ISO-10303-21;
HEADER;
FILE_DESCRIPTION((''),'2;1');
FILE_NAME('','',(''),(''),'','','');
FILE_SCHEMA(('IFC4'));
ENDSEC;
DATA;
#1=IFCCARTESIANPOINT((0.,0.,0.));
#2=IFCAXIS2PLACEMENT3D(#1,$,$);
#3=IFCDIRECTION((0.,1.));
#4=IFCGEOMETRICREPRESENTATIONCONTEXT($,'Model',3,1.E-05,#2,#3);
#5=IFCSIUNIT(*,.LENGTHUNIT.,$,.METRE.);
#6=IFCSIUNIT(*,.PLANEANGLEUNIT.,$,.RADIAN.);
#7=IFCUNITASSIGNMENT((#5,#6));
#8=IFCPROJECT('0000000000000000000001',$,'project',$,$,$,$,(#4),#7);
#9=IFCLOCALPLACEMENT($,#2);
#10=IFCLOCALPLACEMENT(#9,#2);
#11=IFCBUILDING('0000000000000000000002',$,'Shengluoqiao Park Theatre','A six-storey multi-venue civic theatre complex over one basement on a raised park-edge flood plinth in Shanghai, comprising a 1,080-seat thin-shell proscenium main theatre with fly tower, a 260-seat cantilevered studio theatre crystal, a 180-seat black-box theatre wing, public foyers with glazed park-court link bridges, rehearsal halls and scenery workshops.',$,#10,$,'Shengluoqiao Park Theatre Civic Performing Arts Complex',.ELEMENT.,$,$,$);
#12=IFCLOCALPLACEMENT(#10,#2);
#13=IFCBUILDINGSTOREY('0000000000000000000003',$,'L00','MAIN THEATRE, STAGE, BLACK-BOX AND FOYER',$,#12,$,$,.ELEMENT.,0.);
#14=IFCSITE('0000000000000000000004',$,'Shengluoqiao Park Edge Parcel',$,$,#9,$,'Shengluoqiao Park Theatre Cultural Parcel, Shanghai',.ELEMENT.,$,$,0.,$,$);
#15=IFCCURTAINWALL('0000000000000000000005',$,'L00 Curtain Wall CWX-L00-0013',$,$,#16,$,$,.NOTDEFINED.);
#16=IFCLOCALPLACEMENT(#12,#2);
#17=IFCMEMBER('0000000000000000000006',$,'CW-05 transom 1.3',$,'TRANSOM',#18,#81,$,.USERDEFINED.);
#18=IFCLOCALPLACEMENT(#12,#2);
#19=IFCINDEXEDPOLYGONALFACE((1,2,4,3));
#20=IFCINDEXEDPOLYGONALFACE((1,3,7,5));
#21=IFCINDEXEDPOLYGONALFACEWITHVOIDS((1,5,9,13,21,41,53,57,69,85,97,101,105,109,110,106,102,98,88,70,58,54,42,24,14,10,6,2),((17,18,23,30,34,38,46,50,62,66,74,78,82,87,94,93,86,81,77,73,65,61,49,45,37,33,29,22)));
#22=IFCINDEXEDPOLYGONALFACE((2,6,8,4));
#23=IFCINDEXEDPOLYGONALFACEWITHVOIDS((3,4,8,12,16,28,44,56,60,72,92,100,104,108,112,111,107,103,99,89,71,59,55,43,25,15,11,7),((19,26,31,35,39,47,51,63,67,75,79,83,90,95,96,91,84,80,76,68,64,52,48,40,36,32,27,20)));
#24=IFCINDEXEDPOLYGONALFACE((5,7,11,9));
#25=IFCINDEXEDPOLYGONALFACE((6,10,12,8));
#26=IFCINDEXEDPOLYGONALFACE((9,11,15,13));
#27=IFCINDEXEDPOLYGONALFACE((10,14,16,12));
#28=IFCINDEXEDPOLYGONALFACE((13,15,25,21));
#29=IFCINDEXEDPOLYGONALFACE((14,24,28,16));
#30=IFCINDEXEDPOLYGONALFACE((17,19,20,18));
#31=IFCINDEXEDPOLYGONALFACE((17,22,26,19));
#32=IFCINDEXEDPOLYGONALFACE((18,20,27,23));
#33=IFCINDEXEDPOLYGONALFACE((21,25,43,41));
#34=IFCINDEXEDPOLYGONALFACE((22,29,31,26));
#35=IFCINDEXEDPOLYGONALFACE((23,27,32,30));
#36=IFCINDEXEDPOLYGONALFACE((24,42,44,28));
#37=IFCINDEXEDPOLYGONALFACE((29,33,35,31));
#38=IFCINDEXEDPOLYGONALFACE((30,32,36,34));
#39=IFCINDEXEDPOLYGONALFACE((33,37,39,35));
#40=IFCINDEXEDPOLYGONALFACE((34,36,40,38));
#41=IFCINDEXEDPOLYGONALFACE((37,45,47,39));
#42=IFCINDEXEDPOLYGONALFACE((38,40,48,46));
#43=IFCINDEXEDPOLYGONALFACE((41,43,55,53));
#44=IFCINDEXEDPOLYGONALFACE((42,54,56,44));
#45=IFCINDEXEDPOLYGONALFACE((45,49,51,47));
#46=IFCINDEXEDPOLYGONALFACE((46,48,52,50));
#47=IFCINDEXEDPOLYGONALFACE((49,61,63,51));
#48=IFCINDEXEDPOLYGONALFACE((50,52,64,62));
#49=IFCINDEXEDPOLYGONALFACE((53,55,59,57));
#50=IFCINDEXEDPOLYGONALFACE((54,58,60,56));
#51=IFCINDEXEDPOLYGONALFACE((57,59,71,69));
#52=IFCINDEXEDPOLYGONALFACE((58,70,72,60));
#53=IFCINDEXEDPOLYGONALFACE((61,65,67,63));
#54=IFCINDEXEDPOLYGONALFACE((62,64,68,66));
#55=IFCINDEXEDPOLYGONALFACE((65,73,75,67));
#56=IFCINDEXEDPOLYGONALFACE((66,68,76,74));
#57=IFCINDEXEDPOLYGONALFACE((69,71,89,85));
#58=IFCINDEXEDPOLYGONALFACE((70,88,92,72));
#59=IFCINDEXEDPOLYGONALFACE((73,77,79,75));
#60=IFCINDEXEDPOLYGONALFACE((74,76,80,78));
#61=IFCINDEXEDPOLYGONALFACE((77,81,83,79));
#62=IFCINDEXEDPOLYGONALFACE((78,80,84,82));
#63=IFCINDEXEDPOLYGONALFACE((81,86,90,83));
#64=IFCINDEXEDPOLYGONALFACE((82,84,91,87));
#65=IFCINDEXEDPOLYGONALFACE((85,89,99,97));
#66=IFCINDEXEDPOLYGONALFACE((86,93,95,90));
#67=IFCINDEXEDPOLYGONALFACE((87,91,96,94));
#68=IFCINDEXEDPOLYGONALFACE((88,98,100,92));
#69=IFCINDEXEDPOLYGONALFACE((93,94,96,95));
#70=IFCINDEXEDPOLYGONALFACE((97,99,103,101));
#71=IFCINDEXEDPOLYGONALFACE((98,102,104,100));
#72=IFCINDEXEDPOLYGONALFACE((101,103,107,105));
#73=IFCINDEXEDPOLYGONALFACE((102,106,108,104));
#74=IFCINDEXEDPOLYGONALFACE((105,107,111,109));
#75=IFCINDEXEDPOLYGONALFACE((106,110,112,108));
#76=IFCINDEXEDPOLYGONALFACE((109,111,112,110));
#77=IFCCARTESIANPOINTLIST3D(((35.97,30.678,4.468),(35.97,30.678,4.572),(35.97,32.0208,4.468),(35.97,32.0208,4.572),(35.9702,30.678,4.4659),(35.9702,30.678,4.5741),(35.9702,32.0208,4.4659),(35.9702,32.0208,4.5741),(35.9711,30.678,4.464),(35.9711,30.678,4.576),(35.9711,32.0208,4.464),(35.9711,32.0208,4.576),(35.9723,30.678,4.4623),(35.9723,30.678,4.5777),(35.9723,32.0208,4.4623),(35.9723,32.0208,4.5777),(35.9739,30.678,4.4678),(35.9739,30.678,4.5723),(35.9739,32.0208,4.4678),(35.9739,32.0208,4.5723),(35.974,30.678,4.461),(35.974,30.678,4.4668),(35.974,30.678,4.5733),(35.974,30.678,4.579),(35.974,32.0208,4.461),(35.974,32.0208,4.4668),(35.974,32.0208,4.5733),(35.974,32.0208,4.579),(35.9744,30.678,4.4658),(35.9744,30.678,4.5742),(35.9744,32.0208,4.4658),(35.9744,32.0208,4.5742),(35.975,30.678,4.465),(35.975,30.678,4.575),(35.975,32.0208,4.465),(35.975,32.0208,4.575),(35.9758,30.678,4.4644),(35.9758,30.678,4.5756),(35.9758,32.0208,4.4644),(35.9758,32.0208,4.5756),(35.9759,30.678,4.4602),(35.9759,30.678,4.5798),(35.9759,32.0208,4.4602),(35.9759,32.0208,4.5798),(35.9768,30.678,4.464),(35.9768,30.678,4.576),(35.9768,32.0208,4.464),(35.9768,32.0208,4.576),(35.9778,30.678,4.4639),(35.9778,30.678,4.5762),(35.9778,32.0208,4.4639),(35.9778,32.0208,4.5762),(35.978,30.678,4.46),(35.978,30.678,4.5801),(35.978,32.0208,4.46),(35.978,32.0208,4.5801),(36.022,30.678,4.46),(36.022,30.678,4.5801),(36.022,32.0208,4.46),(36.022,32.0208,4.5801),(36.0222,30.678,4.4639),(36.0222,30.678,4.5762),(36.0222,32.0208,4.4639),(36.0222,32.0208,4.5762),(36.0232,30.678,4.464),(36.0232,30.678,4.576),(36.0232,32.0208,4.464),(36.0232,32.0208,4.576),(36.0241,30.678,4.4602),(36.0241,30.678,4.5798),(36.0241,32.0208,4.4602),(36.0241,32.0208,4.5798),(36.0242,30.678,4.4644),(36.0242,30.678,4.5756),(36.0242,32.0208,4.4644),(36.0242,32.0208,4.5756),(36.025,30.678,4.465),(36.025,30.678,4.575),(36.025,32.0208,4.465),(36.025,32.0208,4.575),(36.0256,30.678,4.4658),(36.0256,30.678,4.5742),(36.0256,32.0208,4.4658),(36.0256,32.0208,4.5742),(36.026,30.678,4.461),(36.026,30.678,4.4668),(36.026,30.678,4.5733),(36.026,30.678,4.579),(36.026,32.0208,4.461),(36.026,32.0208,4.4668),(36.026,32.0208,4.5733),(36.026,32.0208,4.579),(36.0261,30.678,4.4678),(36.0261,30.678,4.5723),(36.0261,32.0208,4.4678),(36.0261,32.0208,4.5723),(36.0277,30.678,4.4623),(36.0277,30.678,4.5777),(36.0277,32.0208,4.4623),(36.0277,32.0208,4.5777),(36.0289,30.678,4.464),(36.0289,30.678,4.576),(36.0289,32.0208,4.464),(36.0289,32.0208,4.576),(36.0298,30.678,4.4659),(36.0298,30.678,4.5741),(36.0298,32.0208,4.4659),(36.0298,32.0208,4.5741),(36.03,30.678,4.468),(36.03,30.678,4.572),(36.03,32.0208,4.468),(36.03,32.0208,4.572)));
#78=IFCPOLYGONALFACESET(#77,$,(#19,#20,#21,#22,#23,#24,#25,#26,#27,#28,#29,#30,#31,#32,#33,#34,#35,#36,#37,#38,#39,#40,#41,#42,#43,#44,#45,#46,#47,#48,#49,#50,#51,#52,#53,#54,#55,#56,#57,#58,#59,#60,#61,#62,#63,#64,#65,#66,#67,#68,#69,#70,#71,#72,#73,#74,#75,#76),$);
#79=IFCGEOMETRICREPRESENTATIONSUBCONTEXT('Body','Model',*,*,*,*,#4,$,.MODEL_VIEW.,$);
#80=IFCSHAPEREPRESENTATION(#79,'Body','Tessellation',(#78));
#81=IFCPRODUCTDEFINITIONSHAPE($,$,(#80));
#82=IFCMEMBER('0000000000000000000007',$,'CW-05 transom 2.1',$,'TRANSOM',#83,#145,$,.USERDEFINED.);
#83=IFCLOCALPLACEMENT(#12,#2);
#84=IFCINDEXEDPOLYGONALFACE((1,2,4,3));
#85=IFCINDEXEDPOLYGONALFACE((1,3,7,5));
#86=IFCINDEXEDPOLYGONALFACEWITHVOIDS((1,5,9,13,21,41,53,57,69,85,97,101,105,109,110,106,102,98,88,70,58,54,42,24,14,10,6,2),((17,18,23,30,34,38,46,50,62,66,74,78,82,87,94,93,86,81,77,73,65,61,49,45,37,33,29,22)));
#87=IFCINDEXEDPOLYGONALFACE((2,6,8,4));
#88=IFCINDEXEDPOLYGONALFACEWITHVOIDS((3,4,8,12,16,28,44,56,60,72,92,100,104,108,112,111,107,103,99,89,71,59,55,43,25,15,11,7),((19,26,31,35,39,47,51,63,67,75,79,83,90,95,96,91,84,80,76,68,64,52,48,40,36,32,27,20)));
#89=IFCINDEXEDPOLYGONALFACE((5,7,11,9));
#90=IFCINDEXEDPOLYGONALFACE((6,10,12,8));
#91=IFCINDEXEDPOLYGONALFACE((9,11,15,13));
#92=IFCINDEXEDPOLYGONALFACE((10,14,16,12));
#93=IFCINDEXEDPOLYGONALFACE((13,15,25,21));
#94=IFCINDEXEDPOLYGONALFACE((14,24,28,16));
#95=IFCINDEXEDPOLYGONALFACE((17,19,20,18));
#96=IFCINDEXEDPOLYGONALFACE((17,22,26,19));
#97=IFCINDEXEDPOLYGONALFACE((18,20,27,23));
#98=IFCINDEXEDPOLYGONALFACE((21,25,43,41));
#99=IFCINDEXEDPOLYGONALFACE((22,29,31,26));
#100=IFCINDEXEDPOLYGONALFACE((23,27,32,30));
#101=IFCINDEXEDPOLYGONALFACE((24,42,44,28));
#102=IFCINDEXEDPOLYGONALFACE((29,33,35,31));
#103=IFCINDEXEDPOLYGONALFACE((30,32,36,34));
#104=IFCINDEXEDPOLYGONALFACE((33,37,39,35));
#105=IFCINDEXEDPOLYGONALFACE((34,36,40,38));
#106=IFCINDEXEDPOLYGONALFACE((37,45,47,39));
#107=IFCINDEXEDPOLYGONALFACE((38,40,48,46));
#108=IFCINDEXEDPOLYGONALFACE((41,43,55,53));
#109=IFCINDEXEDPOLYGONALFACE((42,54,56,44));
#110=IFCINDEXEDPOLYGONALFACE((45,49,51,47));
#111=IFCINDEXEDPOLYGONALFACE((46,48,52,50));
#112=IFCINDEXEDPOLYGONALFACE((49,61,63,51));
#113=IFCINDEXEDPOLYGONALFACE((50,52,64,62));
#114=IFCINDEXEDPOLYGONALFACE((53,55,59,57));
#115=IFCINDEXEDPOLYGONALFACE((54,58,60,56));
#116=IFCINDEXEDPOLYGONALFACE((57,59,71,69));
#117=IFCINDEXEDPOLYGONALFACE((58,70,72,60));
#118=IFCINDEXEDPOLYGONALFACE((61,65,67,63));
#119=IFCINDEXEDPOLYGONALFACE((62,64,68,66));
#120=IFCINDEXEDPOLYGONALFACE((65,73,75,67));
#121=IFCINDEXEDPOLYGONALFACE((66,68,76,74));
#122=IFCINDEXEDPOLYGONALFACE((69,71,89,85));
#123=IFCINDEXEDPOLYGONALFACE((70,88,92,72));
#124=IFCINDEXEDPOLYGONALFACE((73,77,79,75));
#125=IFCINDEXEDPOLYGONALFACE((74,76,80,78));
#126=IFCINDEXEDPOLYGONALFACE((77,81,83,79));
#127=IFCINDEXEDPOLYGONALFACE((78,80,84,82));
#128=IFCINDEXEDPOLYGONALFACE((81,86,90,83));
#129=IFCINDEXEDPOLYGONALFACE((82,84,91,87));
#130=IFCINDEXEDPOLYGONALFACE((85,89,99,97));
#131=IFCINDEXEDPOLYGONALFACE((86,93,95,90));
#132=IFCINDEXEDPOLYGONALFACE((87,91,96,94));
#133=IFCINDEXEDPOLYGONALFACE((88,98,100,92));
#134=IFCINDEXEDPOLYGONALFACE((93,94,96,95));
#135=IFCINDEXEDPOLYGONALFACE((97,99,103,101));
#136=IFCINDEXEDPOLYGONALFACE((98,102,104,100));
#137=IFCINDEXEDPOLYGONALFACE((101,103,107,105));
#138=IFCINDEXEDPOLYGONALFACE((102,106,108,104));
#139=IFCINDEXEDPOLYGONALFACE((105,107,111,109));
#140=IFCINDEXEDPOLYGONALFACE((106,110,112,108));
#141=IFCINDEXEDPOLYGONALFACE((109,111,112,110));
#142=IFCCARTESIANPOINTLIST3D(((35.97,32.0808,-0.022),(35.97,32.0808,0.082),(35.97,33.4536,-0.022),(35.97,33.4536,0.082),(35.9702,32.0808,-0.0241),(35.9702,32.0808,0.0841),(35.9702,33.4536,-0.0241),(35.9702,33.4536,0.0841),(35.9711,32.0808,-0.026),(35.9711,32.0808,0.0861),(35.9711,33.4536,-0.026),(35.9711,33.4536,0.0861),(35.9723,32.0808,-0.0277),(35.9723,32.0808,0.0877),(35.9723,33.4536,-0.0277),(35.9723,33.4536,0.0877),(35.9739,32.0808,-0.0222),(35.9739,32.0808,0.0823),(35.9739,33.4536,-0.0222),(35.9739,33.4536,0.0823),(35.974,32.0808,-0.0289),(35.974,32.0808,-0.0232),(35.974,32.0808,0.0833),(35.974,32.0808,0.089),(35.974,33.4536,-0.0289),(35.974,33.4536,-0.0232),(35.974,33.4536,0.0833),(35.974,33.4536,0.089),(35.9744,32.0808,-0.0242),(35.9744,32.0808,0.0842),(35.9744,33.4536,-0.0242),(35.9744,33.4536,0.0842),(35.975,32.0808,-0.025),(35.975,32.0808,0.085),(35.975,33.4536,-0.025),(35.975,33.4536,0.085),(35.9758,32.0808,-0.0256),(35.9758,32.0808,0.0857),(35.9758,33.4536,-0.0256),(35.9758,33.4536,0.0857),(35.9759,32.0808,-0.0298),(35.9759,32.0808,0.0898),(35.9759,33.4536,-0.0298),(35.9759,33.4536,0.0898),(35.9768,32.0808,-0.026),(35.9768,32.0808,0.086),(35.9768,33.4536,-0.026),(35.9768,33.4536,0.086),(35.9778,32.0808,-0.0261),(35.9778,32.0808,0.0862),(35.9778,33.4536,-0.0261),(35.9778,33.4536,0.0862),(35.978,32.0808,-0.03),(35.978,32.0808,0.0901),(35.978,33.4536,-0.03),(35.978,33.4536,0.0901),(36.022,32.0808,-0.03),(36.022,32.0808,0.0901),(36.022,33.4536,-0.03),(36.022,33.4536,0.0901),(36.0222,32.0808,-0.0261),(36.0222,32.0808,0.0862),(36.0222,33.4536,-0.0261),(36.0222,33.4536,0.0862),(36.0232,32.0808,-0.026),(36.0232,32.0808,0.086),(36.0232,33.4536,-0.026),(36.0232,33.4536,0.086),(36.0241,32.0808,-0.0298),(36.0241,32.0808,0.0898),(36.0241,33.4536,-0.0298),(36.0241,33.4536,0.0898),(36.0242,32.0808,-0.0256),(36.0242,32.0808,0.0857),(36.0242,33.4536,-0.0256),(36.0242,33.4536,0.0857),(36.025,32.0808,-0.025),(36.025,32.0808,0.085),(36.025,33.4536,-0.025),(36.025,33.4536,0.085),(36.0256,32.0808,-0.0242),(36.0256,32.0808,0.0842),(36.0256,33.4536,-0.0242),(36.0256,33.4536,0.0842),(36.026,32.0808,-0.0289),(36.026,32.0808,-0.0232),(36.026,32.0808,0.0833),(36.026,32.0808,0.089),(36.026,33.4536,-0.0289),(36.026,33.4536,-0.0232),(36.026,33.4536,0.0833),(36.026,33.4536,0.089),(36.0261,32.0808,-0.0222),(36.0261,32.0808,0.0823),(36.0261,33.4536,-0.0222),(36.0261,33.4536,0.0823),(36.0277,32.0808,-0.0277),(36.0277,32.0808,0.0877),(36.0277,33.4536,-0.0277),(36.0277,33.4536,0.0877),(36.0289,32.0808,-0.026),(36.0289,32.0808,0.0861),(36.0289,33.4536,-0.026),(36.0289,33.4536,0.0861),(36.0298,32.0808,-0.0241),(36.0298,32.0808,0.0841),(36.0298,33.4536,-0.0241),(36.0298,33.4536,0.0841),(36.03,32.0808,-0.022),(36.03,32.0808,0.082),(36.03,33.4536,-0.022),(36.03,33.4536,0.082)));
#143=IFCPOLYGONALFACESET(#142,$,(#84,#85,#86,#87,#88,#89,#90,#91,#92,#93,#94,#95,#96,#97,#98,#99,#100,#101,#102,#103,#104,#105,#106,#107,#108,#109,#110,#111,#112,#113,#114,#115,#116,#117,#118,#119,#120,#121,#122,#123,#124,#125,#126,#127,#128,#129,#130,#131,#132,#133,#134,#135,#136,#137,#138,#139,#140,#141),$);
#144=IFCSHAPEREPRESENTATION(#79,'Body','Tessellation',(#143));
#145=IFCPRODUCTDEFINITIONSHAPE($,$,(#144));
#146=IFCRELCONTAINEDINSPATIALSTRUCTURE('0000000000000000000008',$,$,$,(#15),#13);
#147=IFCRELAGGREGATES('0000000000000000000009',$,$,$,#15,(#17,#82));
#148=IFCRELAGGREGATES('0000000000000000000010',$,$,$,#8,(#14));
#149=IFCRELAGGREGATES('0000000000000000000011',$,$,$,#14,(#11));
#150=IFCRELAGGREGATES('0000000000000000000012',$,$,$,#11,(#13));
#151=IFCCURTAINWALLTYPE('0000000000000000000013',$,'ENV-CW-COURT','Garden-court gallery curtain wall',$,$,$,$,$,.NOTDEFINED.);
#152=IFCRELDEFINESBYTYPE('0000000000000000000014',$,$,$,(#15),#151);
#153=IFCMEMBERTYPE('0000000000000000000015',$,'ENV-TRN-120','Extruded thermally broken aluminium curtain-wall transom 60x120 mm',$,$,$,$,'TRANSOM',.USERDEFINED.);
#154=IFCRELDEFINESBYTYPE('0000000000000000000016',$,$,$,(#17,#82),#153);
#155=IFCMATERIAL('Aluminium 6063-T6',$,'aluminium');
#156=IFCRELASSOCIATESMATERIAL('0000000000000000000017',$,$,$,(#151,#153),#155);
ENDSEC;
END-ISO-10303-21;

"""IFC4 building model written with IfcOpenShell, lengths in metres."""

from ifc_helpers import new_model, si_unit, direction, frame, origin, origin_2d, place, context, subcontext, project, spatial, hollow_rectangle, extrude, material, material_profile, profile_set, type_object, element, aggregate, save


model = new_model("IFC4")

# Units and contexts
model_context = context("Model", 3, precision=1e-05, world=origin(), true_north=direction((0.0, 1.0)))
body_context = subcontext(model_context, "Body", "Model", "MODEL_VIEW")
ifc_project = project(units=[si_unit("LENGTHUNIT", "METRE"), si_unit("PLANEANGLEUNIT", "RADIAN")], contexts=[model_context])

# Site, building, storey
site_placement = place(None, origin())
site = spatial("IfcSite", under=ifc_project, at=site_placement, Name="Shengluoqiao Park Edge Parcel", LongName="Shengluoqiao Park Theatre Cultural Parcel, Shanghai", CompositionType="ELEMENT", RefElevation=0.0)
building_placement = place(site_placement, origin())
building = spatial("IfcBuilding", under=site, at=building_placement, Name="Shengluoqiao Park Theatre", Description="A six-storey multi-venue civic theatre complex over one basement on a raised park-edge flood plinth in Shanghai, comprising a 1,080-seat thin-shell proscenium main theatre with fly tower, a 260-seat cantilevered studio theatre crystal, a 180-seat black-box theatre wing, public foyers with glazed park-court link bridges, rehearsal halls and scenery workshops.", LongName="Shengluoqiao Park Theatre Civic Performing Arts Complex", CompositionType="ELEMENT")
storey_placement = place(building_placement, origin())
storey = spatial("IfcBuildingStorey", under=building, at=storey_placement, Name="L00", Description="MAIN THEATRE, STAGE, BLACK-BOX AND FOYER", CompositionType="ELEMENT", Elevation=0.0)

# Curtain wall, members
ifc_material_1 = material(Name="Aluminium 6063-T6", Category="aluminium")
curtain_wall_type = type_object("IfcCurtainWallType", Name="ENV-CW-COURT", Description="Garden-court gallery curtain wall", PredefinedType="NOTDEFINED", material=ifc_material_1)
curtain_wall_placement = place(storey_placement, origin())
curtain_wall = element("IfcCurtainWall", 1, at=curtain_wall_placement, inside=storey, type_object=curtain_wall_type, Name="L00 Curtain Wall CWX-L00-0013", PredefinedType="NOTDEFINED")
ifc_material_profile_1 = material_profile(ifc_material_1, hollow_rectangle(XDim=0.0601, YDim=0.1201, WallThickness=0.0039, InnerFilletRadius=0.0039, OuterFilletRadius=0.0081, at=origin_2d()), Name="ALU TRANSOM 120x60x4")
ifc_profile_set_1 = profile_set([ifc_material_profile_1], Name="Aluminium 6063-T6")
member_type_1 = type_object("IfcMemberType", Name="ENV-TRN-120", Description="Extruded thermally broken aluminium curtain-wall transom 60x120 mm", ElementType="TRANSOM", PredefinedType="USERDEFINED", material=ifc_profile_set_1)
member_1_placement = place(storey_placement, frame((36.0, 30.678, 4.52), z_axis=(0.0, 1.0, 0.0), x_axis=(-1.0, 0.0, 0.0)))
member_1 = element("IfcMember", 2, at=member_1_placement, type_object=member_type_1, Name="CW-05 transom 1.3", ObjectType="TRANSOM", PredefinedType="USERDEFINED", context=body_context, shape_type="SweptSolid", body=[
    extrude(hollow_rectangle(XDim=0.0601, YDim=0.1201, WallThickness=0.0039, InnerFilletRadius=0.0039, OuterFilletRadius=0.0081, at=origin_2d()), origin(), (0.0, 0.0, 1.0), 1.3428),
])
member_2_placement = place(storey_placement, frame((36.0, 32.0808, 0.03), z_axis=(0.0, 1.0, 0.0), x_axis=(-1.0, 0.0, 0.0)))
member_2 = element("IfcMember", 3, at=member_2_placement, type_object=member_type_1, Name="CW-05 transom 2.1", ObjectType="TRANSOM", PredefinedType="USERDEFINED", context=body_context, shape_type="SweptSolid", body=[
    extrude(hollow_rectangle(XDim=0.0601, YDim=0.1201, WallThickness=0.0039, InnerFilletRadius=0.0039, OuterFilletRadius=0.0081, at=origin_2d()), origin(), (0.0, 0.0, 1.0), 1.3728),
])
aggregate(curtain_wall, [member_1, member_2])

save(model, "model.ifc")
